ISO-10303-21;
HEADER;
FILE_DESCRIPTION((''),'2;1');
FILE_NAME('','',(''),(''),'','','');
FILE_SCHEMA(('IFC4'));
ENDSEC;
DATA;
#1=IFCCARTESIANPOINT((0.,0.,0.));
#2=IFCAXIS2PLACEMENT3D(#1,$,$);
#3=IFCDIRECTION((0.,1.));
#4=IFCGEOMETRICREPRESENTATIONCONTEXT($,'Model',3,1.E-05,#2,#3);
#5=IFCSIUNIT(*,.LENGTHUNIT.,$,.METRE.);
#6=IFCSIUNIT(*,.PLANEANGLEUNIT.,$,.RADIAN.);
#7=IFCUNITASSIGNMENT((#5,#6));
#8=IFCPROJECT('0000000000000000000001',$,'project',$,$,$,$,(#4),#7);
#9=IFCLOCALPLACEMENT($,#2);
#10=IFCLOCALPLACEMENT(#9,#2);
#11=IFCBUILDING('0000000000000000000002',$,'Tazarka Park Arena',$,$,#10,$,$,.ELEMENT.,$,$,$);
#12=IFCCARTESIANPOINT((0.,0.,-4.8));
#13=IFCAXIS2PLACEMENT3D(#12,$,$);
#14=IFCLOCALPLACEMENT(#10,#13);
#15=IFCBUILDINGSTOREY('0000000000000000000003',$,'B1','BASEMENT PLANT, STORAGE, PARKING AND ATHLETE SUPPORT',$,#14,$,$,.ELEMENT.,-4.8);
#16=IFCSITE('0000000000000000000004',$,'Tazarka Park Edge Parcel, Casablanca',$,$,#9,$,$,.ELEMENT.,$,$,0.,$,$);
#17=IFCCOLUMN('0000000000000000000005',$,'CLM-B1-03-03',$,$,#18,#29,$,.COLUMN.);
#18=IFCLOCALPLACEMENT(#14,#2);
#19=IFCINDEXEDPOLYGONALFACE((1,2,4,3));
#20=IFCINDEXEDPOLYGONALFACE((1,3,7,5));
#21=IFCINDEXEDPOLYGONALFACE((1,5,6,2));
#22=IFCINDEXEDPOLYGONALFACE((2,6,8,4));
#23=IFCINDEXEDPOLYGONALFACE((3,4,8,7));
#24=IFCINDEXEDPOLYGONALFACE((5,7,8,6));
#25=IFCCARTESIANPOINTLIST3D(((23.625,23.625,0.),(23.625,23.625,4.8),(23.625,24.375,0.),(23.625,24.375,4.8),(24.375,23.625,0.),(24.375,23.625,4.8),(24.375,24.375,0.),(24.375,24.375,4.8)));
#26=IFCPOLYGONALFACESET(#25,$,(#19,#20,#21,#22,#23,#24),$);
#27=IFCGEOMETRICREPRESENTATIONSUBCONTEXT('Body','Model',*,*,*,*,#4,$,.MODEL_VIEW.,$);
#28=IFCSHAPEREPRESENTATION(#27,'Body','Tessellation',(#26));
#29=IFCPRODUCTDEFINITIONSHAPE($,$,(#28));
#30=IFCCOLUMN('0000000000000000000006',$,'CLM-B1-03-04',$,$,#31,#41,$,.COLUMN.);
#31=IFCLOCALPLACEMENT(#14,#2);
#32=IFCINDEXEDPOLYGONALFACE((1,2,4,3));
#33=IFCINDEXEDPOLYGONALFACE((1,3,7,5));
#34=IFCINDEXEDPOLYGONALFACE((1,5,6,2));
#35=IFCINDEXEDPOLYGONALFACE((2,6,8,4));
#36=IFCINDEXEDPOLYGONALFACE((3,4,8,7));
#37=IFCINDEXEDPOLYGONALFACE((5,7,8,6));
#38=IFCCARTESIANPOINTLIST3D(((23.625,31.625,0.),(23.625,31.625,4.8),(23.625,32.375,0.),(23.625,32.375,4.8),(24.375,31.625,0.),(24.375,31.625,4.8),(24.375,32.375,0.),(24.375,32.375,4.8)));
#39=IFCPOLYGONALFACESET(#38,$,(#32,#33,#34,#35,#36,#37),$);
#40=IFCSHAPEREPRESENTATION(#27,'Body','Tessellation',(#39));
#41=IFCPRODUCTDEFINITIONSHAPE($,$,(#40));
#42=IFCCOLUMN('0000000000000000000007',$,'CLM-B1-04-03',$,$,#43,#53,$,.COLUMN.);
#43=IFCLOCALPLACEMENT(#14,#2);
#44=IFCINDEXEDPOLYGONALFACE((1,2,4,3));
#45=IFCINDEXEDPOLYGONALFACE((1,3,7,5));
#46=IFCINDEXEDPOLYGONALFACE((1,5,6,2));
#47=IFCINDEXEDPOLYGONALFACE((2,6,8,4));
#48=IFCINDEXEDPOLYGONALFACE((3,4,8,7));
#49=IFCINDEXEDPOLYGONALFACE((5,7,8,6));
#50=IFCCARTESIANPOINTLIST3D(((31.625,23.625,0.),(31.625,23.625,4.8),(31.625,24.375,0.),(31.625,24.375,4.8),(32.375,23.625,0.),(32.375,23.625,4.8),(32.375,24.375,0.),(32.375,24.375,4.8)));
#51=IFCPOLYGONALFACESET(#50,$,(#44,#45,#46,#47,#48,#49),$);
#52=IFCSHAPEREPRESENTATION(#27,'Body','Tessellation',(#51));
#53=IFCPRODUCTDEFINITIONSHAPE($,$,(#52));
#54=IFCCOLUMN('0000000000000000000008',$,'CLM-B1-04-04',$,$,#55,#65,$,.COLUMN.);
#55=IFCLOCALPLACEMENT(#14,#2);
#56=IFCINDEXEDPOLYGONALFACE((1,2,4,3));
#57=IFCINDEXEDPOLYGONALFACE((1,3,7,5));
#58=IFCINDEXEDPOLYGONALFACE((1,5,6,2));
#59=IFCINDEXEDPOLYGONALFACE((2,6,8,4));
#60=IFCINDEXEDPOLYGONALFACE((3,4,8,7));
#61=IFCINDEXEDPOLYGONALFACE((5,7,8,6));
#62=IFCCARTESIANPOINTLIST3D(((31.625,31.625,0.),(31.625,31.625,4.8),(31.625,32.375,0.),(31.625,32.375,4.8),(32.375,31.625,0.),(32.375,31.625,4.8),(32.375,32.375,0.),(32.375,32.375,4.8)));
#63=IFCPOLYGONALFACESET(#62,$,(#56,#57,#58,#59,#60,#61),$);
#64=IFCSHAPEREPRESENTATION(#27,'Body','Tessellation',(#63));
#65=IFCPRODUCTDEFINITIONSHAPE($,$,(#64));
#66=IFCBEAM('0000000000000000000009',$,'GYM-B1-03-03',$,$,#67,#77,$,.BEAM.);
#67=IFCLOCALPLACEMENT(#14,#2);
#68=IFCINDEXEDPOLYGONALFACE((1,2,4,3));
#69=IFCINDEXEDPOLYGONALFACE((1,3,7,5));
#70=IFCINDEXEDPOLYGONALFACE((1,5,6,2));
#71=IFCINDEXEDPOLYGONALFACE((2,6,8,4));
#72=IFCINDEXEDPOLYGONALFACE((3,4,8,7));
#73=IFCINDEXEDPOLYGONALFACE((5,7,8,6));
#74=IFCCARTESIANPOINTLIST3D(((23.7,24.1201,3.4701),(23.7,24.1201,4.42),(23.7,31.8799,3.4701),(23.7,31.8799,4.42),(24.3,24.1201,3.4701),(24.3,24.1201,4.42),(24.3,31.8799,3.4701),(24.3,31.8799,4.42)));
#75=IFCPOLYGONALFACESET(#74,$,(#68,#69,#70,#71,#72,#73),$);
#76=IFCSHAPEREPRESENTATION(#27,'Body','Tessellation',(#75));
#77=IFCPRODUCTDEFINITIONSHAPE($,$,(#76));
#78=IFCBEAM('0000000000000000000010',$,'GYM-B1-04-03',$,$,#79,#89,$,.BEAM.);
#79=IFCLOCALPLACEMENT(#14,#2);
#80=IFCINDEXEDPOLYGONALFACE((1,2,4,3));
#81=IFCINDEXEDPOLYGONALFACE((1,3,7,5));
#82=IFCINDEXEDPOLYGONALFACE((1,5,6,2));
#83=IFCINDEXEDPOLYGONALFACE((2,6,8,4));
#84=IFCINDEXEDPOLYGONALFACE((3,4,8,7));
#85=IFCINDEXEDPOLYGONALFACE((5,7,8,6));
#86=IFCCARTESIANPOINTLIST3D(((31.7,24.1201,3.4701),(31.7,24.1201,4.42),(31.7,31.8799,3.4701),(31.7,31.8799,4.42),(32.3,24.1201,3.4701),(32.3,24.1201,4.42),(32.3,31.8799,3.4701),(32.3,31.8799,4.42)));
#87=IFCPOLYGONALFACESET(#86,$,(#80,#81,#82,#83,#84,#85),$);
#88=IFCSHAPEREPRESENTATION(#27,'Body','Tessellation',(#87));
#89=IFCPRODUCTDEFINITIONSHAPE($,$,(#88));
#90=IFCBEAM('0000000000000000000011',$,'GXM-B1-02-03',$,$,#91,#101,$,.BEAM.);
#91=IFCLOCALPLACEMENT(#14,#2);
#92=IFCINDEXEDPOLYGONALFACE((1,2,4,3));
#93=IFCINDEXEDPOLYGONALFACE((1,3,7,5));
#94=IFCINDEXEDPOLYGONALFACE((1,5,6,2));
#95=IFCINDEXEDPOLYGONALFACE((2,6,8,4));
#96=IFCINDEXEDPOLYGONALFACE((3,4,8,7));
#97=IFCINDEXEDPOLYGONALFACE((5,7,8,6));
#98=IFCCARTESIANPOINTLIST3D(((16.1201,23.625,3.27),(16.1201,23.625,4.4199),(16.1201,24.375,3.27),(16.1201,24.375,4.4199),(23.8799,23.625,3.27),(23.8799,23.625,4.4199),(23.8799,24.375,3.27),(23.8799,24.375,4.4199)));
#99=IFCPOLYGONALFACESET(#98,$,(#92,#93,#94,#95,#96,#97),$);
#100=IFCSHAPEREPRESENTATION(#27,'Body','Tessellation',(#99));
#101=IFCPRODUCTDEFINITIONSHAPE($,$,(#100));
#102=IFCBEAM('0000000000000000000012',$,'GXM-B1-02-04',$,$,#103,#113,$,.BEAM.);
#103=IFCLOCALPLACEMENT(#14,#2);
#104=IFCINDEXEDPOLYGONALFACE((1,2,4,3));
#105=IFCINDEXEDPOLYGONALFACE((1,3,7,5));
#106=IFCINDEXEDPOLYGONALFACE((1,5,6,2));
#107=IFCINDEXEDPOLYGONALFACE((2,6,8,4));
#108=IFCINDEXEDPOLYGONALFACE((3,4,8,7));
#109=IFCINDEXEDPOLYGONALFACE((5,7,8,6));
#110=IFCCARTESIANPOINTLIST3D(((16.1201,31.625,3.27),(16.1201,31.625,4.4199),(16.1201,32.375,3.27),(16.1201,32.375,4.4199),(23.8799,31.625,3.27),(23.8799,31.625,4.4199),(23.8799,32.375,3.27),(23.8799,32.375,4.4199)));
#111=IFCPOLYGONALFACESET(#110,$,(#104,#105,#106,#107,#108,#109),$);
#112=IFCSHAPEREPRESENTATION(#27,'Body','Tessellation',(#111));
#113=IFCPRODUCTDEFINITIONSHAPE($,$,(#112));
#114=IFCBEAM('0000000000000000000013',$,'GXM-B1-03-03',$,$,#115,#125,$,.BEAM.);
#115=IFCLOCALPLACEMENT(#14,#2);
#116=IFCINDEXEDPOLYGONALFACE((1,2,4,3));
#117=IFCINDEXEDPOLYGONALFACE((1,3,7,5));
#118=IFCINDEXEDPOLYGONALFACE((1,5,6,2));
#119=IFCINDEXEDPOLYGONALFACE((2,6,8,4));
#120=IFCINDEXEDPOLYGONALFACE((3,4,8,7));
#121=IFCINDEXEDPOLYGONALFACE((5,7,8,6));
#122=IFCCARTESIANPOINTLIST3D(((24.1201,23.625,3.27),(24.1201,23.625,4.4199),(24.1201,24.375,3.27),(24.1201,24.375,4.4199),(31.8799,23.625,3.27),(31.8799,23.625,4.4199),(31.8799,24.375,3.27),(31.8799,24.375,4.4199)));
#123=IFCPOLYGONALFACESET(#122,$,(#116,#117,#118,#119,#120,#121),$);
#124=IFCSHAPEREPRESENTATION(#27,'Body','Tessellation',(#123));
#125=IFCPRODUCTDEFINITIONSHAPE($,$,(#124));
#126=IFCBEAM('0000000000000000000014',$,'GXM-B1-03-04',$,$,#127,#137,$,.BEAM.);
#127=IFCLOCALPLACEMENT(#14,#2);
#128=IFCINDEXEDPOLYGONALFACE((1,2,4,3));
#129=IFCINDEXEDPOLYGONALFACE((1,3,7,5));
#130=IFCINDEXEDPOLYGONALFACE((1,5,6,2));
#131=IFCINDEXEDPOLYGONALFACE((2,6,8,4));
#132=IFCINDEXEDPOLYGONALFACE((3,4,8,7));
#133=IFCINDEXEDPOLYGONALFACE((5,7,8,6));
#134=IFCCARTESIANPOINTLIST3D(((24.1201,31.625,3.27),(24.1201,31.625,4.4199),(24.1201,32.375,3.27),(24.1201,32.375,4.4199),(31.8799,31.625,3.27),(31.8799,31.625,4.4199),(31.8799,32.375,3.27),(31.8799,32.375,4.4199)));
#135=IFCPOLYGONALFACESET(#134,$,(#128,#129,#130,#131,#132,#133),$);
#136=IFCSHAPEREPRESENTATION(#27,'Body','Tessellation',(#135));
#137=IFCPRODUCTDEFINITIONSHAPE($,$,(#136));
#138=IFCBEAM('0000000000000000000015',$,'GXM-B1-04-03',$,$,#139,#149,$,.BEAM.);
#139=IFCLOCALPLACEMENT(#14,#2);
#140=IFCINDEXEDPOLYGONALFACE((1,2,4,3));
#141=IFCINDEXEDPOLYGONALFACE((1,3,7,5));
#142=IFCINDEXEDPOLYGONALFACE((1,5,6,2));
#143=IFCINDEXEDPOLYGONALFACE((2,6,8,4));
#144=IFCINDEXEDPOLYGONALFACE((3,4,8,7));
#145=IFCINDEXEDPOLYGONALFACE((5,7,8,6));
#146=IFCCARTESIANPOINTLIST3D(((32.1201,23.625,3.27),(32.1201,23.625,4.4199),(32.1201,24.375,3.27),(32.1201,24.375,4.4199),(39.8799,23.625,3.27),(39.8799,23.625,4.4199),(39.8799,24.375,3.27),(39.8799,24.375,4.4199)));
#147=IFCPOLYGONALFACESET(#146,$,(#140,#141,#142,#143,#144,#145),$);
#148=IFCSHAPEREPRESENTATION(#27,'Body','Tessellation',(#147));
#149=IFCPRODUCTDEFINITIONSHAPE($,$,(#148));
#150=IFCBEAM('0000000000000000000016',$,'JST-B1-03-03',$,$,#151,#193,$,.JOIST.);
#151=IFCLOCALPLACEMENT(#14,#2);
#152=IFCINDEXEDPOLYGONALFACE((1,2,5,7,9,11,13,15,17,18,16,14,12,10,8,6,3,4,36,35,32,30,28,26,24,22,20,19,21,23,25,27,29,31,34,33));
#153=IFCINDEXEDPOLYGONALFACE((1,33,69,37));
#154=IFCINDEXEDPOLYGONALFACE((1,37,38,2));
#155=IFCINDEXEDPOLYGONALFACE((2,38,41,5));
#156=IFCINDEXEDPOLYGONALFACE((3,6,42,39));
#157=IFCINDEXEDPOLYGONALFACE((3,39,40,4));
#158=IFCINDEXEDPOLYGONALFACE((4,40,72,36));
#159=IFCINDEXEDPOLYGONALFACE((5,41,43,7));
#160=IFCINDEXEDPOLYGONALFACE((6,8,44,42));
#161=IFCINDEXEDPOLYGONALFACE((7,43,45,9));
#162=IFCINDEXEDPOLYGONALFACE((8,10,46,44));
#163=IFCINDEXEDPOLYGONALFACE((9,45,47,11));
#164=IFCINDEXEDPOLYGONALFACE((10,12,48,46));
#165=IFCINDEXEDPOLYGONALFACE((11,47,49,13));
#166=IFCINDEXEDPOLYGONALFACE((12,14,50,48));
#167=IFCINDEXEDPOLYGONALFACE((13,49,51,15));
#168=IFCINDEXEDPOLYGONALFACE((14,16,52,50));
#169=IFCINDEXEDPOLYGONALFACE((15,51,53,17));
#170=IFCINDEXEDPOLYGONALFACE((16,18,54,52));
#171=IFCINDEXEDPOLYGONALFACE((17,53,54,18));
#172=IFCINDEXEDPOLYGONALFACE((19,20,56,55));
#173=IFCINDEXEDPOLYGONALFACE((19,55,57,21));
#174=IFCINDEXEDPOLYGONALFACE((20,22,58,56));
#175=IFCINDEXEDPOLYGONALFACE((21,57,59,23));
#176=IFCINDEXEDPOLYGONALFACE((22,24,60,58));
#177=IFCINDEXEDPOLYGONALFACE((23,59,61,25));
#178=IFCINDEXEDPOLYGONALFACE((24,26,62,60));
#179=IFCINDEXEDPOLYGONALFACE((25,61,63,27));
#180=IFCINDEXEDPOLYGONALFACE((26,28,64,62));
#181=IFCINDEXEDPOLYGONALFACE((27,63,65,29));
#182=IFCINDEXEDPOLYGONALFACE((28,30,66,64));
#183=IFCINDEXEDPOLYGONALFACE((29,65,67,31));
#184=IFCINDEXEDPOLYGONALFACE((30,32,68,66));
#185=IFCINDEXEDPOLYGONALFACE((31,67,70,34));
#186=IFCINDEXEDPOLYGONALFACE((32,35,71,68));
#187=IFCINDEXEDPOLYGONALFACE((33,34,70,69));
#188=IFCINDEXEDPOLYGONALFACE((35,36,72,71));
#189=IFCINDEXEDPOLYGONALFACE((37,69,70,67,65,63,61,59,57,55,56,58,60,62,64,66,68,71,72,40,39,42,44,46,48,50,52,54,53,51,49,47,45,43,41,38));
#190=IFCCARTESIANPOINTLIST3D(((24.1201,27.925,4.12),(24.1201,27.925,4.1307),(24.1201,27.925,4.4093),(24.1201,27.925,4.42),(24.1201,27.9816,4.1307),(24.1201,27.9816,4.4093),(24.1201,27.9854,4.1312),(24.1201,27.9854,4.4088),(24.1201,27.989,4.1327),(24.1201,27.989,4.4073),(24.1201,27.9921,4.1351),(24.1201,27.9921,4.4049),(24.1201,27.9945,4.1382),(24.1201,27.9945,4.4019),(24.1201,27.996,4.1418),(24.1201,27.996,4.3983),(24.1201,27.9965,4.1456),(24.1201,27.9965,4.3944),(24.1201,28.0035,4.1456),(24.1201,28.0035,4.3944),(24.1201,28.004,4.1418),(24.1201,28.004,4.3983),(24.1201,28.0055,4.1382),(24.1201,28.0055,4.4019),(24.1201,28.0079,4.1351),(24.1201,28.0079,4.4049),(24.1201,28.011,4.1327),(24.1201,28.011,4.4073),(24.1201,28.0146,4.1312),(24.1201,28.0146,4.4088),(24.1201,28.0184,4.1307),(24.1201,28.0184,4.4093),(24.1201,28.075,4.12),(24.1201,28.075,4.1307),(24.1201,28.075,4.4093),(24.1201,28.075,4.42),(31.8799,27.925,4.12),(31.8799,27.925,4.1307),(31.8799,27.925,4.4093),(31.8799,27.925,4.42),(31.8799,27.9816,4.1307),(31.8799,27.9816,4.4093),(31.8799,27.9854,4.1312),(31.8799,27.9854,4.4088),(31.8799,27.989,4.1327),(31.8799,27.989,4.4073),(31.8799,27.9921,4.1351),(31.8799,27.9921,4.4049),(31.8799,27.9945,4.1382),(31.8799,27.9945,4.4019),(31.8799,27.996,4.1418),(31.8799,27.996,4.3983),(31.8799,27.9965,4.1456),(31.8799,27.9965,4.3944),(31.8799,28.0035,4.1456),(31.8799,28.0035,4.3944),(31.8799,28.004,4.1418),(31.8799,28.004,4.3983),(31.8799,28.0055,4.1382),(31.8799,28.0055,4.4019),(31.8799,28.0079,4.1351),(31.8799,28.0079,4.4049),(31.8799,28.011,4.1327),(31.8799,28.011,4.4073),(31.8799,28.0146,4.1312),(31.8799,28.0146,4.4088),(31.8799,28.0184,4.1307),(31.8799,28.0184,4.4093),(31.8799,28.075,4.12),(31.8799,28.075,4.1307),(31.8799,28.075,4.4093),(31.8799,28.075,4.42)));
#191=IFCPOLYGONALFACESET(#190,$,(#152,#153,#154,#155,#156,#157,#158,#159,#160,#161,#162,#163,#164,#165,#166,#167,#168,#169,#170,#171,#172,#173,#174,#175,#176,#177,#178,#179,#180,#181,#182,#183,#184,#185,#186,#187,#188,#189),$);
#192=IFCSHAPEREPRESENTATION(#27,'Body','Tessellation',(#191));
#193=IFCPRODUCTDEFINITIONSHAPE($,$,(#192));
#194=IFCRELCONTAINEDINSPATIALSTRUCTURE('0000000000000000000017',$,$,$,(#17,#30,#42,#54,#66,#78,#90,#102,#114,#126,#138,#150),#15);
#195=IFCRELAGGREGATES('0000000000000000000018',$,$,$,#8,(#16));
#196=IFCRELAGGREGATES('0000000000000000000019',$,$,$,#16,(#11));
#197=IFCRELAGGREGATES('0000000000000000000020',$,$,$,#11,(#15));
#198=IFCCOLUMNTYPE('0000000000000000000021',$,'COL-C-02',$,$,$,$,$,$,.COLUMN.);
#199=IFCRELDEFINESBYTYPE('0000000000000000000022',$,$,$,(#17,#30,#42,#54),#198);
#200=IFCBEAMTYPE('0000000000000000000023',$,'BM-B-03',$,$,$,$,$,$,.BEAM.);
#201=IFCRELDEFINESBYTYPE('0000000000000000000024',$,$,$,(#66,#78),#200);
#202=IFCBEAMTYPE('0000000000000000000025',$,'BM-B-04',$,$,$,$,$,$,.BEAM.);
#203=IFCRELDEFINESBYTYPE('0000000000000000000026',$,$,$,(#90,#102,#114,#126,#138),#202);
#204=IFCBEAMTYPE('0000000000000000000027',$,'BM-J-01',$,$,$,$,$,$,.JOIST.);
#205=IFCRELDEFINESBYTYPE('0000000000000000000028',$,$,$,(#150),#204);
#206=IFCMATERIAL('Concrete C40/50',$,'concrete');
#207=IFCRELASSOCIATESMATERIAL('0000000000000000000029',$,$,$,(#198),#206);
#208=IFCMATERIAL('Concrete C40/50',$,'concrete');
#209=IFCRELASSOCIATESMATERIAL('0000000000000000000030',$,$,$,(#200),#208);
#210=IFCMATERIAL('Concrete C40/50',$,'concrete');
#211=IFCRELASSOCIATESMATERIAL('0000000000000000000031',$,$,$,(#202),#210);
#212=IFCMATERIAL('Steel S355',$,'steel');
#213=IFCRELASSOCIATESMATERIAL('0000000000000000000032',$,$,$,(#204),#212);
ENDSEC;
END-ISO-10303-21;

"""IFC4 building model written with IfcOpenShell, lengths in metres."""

from ifc_helpers import new_model, si_unit, direction, frame, origin, origin_2d, place, context, subcontext, project, spatial, rectangle, i_section, extrude, material, material_profile, profile_set, type_object, element, save


model = new_model("IFC4")

# Units and contexts
model_context = context("Model", 3, precision=1e-05, world=origin(), true_north=direction((0.0, 1.0)))
body_context = subcontext(model_context, "Body", "Model", "MODEL_VIEW")
ifc_project = project(units=[si_unit("LENGTHUNIT", "METRE"), si_unit("PLANEANGLEUNIT", "RADIAN")], contexts=[model_context])

# Site, building, storey
site_placement = place(None, origin())
site = spatial("IfcSite", under=ifc_project, at=site_placement, Name="Tazarka Park Edge Parcel, Casablanca", CompositionType="ELEMENT", RefElevation=0.0)
building_placement = place(site_placement, origin())
building = spatial("IfcBuilding", under=site, at=building_placement, Name="Tazarka Park Arena", CompositionType="ELEMENT")
storey_placement = place(building_placement, frame((0.0, 0.0, -4.8)))
storey = spatial("IfcBuildingStorey", under=building, at=storey_placement, Name="B1", Description="BASEMENT PLANT, STORAGE, PARKING AND ATHLETE SUPPORT", CompositionType="ELEMENT", Elevation=-4.8)

# Columns
ifc_material_1 = material(Name="Concrete C40/50", Category="concrete")
ifc_material_profile_1 = material_profile(ifc_material_1, rectangle(XDim=0.75, YDim=0.75, at=origin_2d()), Name="Concrete C40/50")
ifc_profile_set_1 = profile_set([ifc_material_profile_1], Name="Concrete C40/50")
column_type = type_object("IfcColumnType", Name="COL-C-02", PredefinedType="COLUMN", material=ifc_profile_set_1)
for number, where, z_axis, x_axis, name in (
    (1, (24.0, 24.0, 0.0), (0.0, 0.0, 1.0), (1.0, 0.0, 0.0), "CLM-B1-03-03"),
    (2, (24.0, 32.0, 0.0), (0.0, 0.0, 1.0), (1.0, 0.0, 0.0), "CLM-B1-03-04"),
    (3, (32.0, 24.0, 0.0), (0.0, 0.0, 1.0), (1.0, 0.0, 0.0), "CLM-B1-04-03"),
    (4, (32.0, 32.0, 0.0), (0.0, 0.0, 1.0), (1.0, 0.0, 0.0), "CLM-B1-04-04"),
):
    element("IfcColumn", number, at=place(storey_placement, frame(where, z_axis=z_axis, x_axis=x_axis)), inside=storey, type_object=column_type, Name=name, PredefinedType="COLUMN", context=body_context, shape_type="SweptSolid", body=[
        extrude(rectangle(XDim=0.75, YDim=0.75, at=origin_2d()), origin(), (0.0, 0.0, 1.0), 4.8),
    ])

# Beams
ifc_material_2 = material(Name="Concrete C40/50", Category="concrete")
ifc_material_profile_2 = material_profile(ifc_material_2, rectangle(XDim=0.6001, YDim=0.95, at=origin_2d()), Name="Concrete C40/50")
ifc_profile_set_2 = profile_set([ifc_material_profile_2], Name="Concrete C40/50")
beam_type_1 = type_object("IfcBeamType", Name="BM-B-03", PredefinedType="BEAM", material=ifc_profile_set_2)
for number, where, z_axis, x_axis, name in (
    (5, (24.0, 24.1201, 3.9451), (0.0, 1.0, 0.0), (-1.0, 0.0, 0.0), "GYM-B1-03-03"),
    (6, (32.0, 24.1201, 3.9451), (0.0, 1.0, 0.0), (-1.0, 0.0, 0.0), "GYM-B1-04-03"),
):
    element("IfcBeam", number, at=place(storey_placement, frame(where, z_axis=z_axis, x_axis=x_axis)), inside=storey, type_object=beam_type_1, Name=name, PredefinedType="BEAM", context=body_context, shape_type="SweptSolid", body=[
        extrude(rectangle(XDim=0.6001, YDim=0.95, at=origin_2d()), origin(), (0.0, 0.0, 1.0), 7.7598),
    ])
ifc_material_3 = material(Name="Concrete C40/50", Category="concrete")
ifc_material_profile_3 = material_profile(ifc_material_3, rectangle(XDim=0.75, YDim=1.1499, at=origin_2d()), Name="Concrete C40/50")
ifc_profile_set_3 = profile_set([ifc_material_profile_3], Name="Concrete C40/50")
beam_type_2 = type_object("IfcBeamType", Name="BM-B-04", PredefinedType="BEAM", material=ifc_profile_set_3)
for number, where, z_axis, x_axis, name in (
    (7, (16.1201, 24.0, 3.845), (1.0, 0.0, 0.0), (0.0, 1.0, 0.0), "GXM-B1-02-03"),
    (8, (16.1201, 32.0, 3.845), (1.0, 0.0, 0.0), (0.0, 1.0, 0.0), "GXM-B1-02-04"),
    (9, (24.1201, 24.0, 3.845), (1.0, 0.0, 0.0), (0.0, 1.0, 0.0), "GXM-B1-03-03"),
    (10, (24.1201, 32.0, 3.845), (1.0, 0.0, 0.0), (0.0, 1.0, 0.0), "GXM-B1-03-04"),
    (11, (32.1201, 24.0, 3.845), (1.0, 0.0, 0.0), (0.0, 1.0, 0.0), "GXM-B1-04-03"),
):
    element("IfcBeam", number, at=place(storey_placement, frame(where, z_axis=z_axis, x_axis=x_axis)), inside=storey, type_object=beam_type_2, Name=name, PredefinedType="BEAM", context=body_context, shape_type="SweptSolid", body=[
        extrude(rectangle(XDim=0.75, YDim=1.1499, at=origin_2d()), origin(), (0.0, 0.0, 1.0), 7.7598),
    ])
ifc_material_4 = material(Name="Steel S355", Category="steel")
ifc_material_profile_4 = material_profile(ifc_material_4, i_section(OverallWidth=0.1499, OverallDepth=0.3, WebThickness=0.0071, FlangeThickness=0.0107, FilletRadius=0.0149, at=origin_2d()), Name="Steel S355")
ifc_profile_set_4 = profile_set([ifc_material_profile_4], Name="Steel S355")
beam_type_3 = type_object("IfcBeamType", Name="BM-J-01", PredefinedType="JOIST", material=ifc_profile_set_4)
beam_1_placement = place(storey_placement, frame((24.1201, 28.0, 4.27), z_axis=(1.0, 0.0, 0.0), x_axis=(0.0, 1.0, 0.0)))
element("IfcBeam", 12, at=beam_1_placement, inside=storey, type_object=beam_type_3, Name="JST-B1-03-03", PredefinedType="JOIST", context=body_context, shape_type="SweptSolid", body=[
    extrude(i_section(OverallWidth=0.1499, OverallDepth=0.3, WebThickness=0.0071, FlangeThickness=0.0107, FilletRadius=0.0149, at=origin_2d()), origin(), (0.0, 0.0, 1.0), 7.7598),
])

save(model, "model.ifc")
